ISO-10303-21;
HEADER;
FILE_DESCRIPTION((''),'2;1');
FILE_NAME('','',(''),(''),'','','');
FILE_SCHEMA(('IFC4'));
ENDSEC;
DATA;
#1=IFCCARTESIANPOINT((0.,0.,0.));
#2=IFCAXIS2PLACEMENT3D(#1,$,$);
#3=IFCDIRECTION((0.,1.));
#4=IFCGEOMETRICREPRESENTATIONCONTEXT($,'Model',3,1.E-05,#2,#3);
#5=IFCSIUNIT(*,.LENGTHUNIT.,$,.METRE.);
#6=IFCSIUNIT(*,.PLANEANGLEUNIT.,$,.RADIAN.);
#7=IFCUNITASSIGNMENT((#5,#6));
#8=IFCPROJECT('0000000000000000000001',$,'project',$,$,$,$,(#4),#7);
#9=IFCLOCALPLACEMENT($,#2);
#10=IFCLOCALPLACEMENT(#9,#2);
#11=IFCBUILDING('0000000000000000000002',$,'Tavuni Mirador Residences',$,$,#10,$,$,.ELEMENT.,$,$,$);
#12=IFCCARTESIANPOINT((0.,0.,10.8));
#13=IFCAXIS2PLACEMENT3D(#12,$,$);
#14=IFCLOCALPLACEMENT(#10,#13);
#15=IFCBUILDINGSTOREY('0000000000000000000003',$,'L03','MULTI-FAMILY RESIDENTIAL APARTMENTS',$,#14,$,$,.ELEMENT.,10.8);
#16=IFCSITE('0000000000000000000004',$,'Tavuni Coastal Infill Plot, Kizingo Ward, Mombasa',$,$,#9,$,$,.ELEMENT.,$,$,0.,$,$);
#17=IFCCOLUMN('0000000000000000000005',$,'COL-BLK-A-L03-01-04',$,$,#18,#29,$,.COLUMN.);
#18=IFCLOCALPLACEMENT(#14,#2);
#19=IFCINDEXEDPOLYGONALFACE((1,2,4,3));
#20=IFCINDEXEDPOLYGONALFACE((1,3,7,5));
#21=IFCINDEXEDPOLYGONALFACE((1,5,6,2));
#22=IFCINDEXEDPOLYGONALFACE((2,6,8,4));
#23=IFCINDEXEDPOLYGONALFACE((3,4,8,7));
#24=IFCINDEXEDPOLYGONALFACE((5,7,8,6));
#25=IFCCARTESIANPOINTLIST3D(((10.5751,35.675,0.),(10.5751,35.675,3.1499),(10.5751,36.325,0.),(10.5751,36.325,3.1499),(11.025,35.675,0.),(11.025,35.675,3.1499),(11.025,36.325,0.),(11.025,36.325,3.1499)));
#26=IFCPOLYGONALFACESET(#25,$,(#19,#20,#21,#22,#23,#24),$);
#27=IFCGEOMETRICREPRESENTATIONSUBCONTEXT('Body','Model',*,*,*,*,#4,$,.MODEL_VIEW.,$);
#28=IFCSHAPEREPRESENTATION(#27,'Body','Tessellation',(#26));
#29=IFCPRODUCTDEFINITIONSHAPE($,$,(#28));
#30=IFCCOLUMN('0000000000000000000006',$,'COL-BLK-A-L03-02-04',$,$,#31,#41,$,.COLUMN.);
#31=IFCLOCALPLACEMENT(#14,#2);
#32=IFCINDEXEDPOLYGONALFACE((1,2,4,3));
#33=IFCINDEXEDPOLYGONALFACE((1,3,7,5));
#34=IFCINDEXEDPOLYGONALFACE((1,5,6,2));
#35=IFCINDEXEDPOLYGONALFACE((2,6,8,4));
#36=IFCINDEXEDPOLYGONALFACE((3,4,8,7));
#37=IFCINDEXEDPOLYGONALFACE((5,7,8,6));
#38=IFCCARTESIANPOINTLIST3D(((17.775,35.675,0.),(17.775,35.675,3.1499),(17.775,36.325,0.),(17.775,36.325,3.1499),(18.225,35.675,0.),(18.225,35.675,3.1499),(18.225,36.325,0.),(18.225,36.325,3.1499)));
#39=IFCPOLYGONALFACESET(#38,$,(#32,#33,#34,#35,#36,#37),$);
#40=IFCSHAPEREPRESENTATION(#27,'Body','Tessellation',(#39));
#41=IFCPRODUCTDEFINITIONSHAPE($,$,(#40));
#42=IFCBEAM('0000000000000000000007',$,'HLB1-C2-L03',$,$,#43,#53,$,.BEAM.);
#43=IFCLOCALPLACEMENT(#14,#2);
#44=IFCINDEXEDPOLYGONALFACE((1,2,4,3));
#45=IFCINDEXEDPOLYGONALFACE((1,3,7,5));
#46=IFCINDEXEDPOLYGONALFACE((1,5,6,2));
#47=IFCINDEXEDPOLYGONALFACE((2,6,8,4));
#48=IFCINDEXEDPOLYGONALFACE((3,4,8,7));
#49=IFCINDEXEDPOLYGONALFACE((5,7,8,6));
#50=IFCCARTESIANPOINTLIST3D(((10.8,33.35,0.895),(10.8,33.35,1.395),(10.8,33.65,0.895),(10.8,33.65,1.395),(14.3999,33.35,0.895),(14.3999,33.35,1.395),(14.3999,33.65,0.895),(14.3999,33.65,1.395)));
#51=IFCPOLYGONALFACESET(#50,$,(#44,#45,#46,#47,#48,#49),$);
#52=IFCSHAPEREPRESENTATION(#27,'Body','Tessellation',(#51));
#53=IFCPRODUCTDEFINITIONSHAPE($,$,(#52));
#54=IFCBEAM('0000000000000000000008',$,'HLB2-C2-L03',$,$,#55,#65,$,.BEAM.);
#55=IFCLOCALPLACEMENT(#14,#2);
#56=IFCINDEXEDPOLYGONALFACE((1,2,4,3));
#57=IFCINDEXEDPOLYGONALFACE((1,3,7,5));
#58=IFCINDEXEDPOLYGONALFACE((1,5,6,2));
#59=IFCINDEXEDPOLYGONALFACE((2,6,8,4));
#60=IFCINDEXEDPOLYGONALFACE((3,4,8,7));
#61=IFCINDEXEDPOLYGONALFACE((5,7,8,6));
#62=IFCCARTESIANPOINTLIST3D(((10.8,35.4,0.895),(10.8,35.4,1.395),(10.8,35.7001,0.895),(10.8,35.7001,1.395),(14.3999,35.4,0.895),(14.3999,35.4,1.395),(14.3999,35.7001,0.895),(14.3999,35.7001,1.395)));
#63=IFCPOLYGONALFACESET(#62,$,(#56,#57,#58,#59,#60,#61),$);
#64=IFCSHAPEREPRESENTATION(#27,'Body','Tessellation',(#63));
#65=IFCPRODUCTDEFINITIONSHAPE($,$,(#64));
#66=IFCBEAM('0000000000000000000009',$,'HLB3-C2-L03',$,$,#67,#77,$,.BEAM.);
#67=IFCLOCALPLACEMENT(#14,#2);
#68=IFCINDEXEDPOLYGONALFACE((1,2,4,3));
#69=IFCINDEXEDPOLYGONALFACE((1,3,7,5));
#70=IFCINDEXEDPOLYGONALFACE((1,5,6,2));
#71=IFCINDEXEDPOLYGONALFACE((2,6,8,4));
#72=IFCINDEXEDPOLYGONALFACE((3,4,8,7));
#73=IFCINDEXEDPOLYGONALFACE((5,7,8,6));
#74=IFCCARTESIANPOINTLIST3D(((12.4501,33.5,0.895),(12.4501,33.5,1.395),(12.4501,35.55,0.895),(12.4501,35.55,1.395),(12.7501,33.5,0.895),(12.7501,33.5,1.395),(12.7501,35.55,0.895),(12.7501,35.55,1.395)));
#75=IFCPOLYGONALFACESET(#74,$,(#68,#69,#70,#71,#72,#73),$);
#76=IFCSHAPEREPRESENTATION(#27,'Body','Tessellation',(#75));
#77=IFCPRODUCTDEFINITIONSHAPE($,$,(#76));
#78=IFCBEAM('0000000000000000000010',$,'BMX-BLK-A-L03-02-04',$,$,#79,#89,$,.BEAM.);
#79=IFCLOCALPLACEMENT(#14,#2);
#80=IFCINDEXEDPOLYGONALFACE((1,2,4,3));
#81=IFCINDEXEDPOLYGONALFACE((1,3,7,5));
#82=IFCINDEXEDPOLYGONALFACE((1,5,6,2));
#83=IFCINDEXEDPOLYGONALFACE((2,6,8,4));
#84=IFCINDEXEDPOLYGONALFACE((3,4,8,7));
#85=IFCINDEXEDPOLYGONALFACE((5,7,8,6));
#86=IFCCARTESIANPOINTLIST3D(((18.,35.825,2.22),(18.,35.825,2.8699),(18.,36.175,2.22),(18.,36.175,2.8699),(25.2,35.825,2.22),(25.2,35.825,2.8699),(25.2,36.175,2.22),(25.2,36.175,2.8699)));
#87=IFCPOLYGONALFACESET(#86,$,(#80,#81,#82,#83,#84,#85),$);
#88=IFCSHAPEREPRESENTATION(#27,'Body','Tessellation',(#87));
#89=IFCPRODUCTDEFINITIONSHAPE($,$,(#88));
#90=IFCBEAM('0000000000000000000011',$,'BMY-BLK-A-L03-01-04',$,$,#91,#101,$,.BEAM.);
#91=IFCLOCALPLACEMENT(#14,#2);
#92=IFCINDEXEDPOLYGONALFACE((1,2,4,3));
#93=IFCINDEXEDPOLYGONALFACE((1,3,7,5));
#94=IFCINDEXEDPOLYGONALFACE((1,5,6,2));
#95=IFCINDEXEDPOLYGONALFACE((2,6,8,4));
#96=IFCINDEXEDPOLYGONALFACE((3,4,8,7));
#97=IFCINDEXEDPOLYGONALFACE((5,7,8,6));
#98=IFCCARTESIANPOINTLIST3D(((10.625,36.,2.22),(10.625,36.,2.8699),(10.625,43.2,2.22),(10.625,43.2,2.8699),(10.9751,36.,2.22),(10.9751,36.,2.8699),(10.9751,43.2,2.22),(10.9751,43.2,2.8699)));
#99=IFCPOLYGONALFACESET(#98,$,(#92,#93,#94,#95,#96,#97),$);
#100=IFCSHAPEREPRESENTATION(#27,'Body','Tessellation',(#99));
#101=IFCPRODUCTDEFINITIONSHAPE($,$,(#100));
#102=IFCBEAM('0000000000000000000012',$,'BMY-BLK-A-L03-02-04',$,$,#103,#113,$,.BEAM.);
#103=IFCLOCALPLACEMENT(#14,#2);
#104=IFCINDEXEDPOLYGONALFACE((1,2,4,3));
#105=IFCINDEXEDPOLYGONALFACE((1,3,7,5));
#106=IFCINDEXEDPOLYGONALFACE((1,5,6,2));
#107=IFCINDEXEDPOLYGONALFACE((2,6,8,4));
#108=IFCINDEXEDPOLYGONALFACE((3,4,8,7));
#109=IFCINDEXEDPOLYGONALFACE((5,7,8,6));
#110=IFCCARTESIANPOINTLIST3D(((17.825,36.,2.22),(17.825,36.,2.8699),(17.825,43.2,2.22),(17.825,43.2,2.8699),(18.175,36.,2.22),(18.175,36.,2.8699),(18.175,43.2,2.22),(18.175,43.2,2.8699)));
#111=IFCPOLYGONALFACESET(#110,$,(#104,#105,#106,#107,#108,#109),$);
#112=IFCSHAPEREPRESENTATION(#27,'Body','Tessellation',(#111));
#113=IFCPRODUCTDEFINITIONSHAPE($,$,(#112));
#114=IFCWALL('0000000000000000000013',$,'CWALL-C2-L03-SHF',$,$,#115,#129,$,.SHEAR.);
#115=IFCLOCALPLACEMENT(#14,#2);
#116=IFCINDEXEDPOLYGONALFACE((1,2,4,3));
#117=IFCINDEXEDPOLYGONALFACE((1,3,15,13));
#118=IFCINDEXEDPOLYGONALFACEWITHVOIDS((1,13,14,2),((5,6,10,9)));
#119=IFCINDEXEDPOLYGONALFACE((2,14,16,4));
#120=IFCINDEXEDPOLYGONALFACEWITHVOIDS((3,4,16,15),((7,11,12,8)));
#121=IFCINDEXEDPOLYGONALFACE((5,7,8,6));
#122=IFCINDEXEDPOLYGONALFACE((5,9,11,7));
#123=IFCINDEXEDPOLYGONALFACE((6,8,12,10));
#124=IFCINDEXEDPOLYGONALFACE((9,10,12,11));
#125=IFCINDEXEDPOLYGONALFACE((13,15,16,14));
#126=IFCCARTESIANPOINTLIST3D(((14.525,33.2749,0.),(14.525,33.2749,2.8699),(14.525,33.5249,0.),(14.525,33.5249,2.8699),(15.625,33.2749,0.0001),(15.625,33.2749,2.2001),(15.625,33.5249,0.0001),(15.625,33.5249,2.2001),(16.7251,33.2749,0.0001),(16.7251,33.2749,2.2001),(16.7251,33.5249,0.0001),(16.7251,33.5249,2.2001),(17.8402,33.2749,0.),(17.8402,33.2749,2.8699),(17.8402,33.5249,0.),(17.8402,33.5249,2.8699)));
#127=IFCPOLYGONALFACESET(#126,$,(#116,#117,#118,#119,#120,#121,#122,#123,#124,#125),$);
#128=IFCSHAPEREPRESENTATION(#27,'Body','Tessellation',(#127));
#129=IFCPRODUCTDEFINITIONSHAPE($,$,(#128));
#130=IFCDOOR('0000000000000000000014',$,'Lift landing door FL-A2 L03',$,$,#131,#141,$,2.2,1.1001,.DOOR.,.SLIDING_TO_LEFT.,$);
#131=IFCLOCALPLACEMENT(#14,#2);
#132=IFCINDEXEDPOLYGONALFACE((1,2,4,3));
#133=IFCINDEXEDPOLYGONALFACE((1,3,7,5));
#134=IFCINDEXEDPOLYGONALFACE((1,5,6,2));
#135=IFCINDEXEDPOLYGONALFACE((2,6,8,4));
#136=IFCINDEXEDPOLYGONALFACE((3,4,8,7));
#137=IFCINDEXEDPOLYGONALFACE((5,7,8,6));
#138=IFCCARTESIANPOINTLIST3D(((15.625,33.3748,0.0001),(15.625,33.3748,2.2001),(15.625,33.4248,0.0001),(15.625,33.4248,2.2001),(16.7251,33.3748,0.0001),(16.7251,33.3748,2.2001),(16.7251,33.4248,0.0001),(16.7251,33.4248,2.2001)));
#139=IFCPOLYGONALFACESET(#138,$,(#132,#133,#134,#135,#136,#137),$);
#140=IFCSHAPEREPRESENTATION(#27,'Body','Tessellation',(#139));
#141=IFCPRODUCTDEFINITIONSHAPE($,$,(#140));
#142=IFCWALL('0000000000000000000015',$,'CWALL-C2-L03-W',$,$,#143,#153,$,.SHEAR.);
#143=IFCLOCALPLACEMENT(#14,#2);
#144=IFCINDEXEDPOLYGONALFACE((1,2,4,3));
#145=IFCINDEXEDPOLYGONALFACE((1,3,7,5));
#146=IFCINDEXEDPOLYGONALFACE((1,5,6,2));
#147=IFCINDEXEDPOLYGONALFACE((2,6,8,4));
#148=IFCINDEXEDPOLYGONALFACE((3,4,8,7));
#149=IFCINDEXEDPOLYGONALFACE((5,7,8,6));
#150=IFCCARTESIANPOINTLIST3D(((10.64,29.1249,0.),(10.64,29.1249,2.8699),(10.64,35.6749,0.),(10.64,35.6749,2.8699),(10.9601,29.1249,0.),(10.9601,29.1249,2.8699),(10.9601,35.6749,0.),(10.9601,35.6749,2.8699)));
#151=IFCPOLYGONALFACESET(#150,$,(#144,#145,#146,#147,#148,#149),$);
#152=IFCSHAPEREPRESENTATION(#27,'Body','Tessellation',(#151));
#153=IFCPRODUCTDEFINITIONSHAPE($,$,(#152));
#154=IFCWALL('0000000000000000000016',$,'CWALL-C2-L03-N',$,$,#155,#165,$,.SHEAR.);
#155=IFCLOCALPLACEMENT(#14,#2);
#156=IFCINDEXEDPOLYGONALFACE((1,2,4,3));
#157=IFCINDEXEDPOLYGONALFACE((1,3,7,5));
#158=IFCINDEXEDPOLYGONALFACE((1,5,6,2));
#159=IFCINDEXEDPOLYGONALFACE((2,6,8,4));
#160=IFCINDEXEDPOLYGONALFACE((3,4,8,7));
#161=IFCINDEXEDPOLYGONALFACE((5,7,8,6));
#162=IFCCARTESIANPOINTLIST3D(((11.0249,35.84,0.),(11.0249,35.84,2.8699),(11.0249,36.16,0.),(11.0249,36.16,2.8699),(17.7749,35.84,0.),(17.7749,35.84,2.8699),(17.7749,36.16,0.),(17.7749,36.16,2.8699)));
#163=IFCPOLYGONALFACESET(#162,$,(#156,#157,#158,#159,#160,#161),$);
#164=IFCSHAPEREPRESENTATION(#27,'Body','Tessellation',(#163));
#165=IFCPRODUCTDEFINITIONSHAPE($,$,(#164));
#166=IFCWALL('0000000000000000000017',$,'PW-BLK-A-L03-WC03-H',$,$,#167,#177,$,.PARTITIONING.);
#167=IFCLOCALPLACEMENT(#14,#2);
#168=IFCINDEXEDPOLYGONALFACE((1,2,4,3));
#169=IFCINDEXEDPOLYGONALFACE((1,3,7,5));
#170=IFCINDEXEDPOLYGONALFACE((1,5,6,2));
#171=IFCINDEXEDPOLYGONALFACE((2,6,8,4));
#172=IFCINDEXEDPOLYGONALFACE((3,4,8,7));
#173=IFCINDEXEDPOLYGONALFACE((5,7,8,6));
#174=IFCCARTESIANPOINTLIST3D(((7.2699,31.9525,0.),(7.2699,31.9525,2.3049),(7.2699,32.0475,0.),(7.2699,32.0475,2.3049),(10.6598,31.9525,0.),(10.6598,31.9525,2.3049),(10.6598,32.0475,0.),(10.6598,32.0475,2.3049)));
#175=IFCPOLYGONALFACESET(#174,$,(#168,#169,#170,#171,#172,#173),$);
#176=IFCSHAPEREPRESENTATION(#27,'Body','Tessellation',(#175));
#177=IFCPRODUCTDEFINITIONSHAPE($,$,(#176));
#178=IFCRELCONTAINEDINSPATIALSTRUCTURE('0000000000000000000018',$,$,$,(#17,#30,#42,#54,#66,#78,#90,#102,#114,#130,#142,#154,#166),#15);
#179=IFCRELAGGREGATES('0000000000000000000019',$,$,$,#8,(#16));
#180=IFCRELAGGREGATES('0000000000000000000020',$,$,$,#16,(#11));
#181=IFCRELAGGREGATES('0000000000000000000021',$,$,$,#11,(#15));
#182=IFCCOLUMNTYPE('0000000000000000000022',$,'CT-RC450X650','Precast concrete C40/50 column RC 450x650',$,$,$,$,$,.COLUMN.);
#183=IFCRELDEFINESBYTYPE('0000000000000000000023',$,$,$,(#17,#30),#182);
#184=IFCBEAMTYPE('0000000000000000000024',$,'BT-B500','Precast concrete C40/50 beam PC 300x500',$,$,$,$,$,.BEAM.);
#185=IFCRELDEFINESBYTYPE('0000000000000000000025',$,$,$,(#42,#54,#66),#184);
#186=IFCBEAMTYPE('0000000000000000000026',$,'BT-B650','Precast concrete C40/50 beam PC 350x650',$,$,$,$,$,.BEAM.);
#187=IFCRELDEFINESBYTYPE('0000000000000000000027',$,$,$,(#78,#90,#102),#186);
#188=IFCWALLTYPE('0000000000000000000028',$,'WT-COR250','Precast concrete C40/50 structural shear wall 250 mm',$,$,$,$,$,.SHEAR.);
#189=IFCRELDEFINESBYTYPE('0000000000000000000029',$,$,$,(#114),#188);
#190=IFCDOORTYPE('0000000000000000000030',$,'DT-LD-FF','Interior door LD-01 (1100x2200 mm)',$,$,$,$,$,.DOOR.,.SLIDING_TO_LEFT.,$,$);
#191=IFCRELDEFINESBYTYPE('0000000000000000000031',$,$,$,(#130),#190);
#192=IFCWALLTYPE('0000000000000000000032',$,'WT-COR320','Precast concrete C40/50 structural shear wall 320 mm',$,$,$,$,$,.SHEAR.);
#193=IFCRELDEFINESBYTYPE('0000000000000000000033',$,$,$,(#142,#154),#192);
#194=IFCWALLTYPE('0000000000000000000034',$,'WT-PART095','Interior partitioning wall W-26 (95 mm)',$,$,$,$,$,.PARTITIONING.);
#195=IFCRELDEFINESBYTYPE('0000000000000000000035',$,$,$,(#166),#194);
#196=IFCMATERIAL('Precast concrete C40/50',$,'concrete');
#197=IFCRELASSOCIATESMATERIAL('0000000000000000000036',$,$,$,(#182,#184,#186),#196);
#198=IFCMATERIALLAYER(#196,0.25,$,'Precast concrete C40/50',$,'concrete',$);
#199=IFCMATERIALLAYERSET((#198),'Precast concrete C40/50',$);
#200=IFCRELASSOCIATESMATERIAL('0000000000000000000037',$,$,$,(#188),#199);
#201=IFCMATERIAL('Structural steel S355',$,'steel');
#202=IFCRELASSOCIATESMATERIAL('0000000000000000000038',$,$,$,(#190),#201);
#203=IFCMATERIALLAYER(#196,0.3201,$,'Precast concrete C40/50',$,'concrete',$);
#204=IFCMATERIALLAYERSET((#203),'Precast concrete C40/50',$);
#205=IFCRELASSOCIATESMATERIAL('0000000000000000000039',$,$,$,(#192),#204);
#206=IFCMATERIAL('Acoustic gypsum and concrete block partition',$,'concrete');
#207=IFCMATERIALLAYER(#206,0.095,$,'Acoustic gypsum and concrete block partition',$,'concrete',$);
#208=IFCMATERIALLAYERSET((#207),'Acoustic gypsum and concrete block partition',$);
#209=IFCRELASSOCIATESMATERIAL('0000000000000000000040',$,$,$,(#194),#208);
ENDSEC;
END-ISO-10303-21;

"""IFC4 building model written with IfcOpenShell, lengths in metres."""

from ifc_helpers import new_model, si_unit, direction, frame, frame_2d, origin, origin_2d, place, context, subcontext, project, spatial, rectangle, extrude, material, layer, layer_set, material_profile, profile_set, type_object, element, fill, save


model = new_model("IFC4")

# Units and contexts
model_context = context("Model", 3, precision=1e-05, world=origin(), true_north=direction((0.0, 1.0)))
body_context = subcontext(model_context, "Body", "Model", "MODEL_VIEW")
ifc_project = project(units=[si_unit("LENGTHUNIT", "METRE"), si_unit("PLANEANGLEUNIT", "RADIAN")], contexts=[model_context])

# Site, building, storey
site_placement = place(None, origin())
site = spatial("IfcSite", under=ifc_project, at=site_placement, Name="Tavuni Coastal Infill Plot, Kizingo Ward, Mombasa", CompositionType="ELEMENT", RefElevation=0.0)
building_placement = place(site_placement, origin())
building = spatial("IfcBuilding", under=site, at=building_placement, Name="Tavuni Mirador Residences", CompositionType="ELEMENT")
storey_placement = place(building_placement, frame((0.0, 0.0, 10.8)))
storey = spatial("IfcBuildingStorey", under=building, at=storey_placement, Name="L03", Description="MULTI-FAMILY RESIDENTIAL APARTMENTS", CompositionType="ELEMENT", Elevation=10.8)

# Columns
ifc_material_1 = material(Name="Precast concrete C40/50", Category="concrete")
ifc_material_profile_1 = material_profile(ifc_material_1, rectangle(XDim=0.45, YDim=0.6499, at=origin_2d()), Name="RC 450x650", Category="concrete")
ifc_profile_set_1 = profile_set([ifc_material_profile_1], Name="Precast concrete C40/50")
column_type = type_object("IfcColumnType", Name="CT-RC450X650", Description="Precast concrete C40/50 column RC 450x650", PredefinedType="COLUMN", material=ifc_profile_set_1)
for number, where, z_axis, x_axis, name in (
    (1, (10.8, 36.0, 0.0), (0.0, 0.0, 1.0), (1.0, 0.0, 0.0), "COL-BLK-A-L03-01-04"),
    (2, (18.0, 36.0, 0.0), (0.0, 0.0, 1.0), (1.0, 0.0, 0.0), "COL-BLK-A-L03-02-04"),
):
    element("IfcColumn", number, at=place(storey_placement, frame(where, z_axis=z_axis, x_axis=x_axis)), inside=storey, type_object=column_type, Name=name, PredefinedType="COLUMN", context=body_context, shape_type="SweptSolid", body=[
        extrude(rectangle(XDim=0.45, YDim=0.6499, at=origin_2d()), origin(), (0.0, 0.0, 1.0), 3.1499),
    ])

# Beams
ifc_material_profile_2 = material_profile(ifc_material_1, rectangle(XDim=0.3, YDim=0.5, at=origin_2d()), Name="PC 300x500", Category="concrete")
ifc_profile_set_2 = profile_set([ifc_material_profile_2], Name="Precast concrete C40/50")
beam_type_1 = type_object("IfcBeamType", Name="BT-B500", Description="Precast concrete C40/50 beam PC 300x500", PredefinedType="BEAM", material=ifc_profile_set_2)
for number, where, z_axis, x_axis, name in (
    (3, (10.8, 33.5, 1.145), (1.0, 0.0, 0.0), (0.0, 1.0, 0.0), "HLB1-C2-L03"),
    (4, (10.8, 35.55, 1.145), (1.0, 0.0, 0.0), (0.0, 1.0, 0.0), "HLB2-C2-L03"),
):
    element("IfcBeam", number, at=place(storey_placement, frame(where, z_axis=z_axis, x_axis=x_axis)), inside=storey, type_object=beam_type_1, Name=name, PredefinedType="BEAM", context=body_context, shape_type="SweptSolid", body=[
        extrude(rectangle(XDim=0.3, YDim=0.5, at=origin_2d()), origin(), (0.0, 0.0, 1.0), 3.5999),
    ])
beam_placement = place(storey_placement, frame((12.6001, 33.5, 1.145), z_axis=(0.0, 1.0, 0.0), x_axis=(-1.0, 0.0, 0.0)))
element("IfcBeam", 5, at=beam_placement, inside=storey, type_object=beam_type_1, Name="HLB3-C2-L03", PredefinedType="BEAM", context=body_context, shape_type="SweptSolid", body=[
    extrude(rectangle(XDim=0.3, YDim=0.5, at=origin_2d()), origin(), (0.0, 0.0, 1.0), 2.05),
])
ifc_material_profile_3 = material_profile(ifc_material_1, rectangle(XDim=0.3501, YDim=0.6499, at=origin_2d()), Name="PC 350x650", Category="concrete")
ifc_profile_set_3 = profile_set([ifc_material_profile_3], Name="Precast concrete C40/50")
beam_type_2 = type_object("IfcBeamType", Name="BT-B650", Description="Precast concrete C40/50 beam PC 350x650", PredefinedType="BEAM", material=ifc_profile_set_3)
for number, where, z_axis, x_axis, name in (
    (6, (18.0, 36.0, 2.5449), (1.0, 0.0, 0.0), (0.0, 1.0, 0.0), "BMX-BLK-A-L03-02-04"),
    (7, (10.8, 36.0, 2.5449), (0.0, 1.0, 0.0), (-1.0, 0.0, 0.0), "BMY-BLK-A-L03-01-04"),
    (8, (18.0, 36.0, 2.5449), (0.0, 1.0, 0.0), (-1.0, 0.0, 0.0), "BMY-BLK-A-L03-02-04"),
):
    element("IfcBeam", number, at=place(storey_placement, frame(where, z_axis=z_axis, x_axis=x_axis)), inside=storey, type_object=beam_type_2, Name=name, PredefinedType="BEAM", context=body_context, shape_type="SweptSolid", body=[
        extrude(rectangle(XDim=0.3501, YDim=0.6499, at=origin_2d()), origin(), (0.0, 0.0, 1.0), 7.2),
    ])

# Wall, opening, door
ifc_layer_1 = layer(ifc_material_1, 0.25, Name="Precast concrete C40/50", Category="concrete")
ifc_layer_set_1 = layer_set([ifc_layer_1], Name="Precast concrete C40/50")
wall_type_1 = type_object("IfcWallType", Name="WT-COR250", Description="Precast concrete C40/50 structural shear wall 250 mm", PredefinedType="SHEAR", material=ifc_layer_set_1)
wall_1_placement = place(storey_placement, frame((14.5249, 33.3999, 0.0), z_axis=(0.0, 0.0, 1.0), x_axis=(1.0, 0.0, 0.0)))
wall_1 = element("IfcWall", 9, at=wall_1_placement, inside=storey, type_object=wall_type_1, Name="CWALL-C2-L03-SHF", PredefinedType="SHEAR", context=body_context, shape_type="SweptSolid", body=[
    extrude(rectangle(XDim=3.3152, YDim=0.25, at=frame_2d((1.6577, 0.0))), origin(), (0.0, 0.0, 1.0), 2.8699),
])
opening_1_placement = place(wall_1_placement, frame((1.1001, 0.0, 0.0)))
opening_1 = element("IfcOpeningElement", 10, at=opening_1_placement, cuts=wall_1, PredefinedType="OPENING", context=body_context, shape_type="SweptSolid", body=[
    extrude(rectangle(XDim=1.1001, YDim=2.2, at=frame_2d((0.55, 1.1001))), frame((0.0, 0.135, 0.0), z_axis=(0.0, -1.0, 0.0), x_axis=(1.0, 0.0, 0.0)), (0.0, 0.0, 1.0), 0.27),
])
ifc_material_2 = material(Name="Structural steel S355", Category="steel")
door_type_1 = type_object("IfcDoorType", Name="DT-LD-FF", Description="Interior door LD-01 (1100x2200 mm)", OperationType="SLIDING_TO_LEFT", PredefinedType="DOOR", material=ifc_material_2)
door_1_placement = place(opening_1_placement, origin())
door_1 = element("IfcDoor", 11, at=door_1_placement, inside=storey, type_object=door_type_1, Name="Lift landing door FL-A2 L03", OperationType="SLIDING_TO_LEFT", OverallHeight=2.2, OverallWidth=1.1001, PredefinedType="DOOR", context=body_context, shape_type="SweptSolid", body=[
    extrude(rectangle(XDim=1.1001, YDim=2.2, at=frame_2d((0.55, 1.1001))), frame((0.0, 0.0249, 0.0), z_axis=(0.0, -1.0, 0.0), x_axis=(1.0, 0.0, 0.0)), (0.0, 0.0, 1.0), 0.05),
])
fill(opening_1, door_1)

# Walls
ifc_layer_2 = layer(ifc_material_1, 0.3201, Name="Precast concrete C40/50", Category="concrete")
ifc_layer_set_2 = layer_set([ifc_layer_2], Name="Precast concrete C40/50")
wall_type_2 = type_object("IfcWallType", Name="WT-COR320", Description="Precast concrete C40/50 structural shear wall 320 mm", PredefinedType="SHEAR", material=ifc_layer_set_2)
wall_2_placement = place(storey_placement, frame((10.8, 29.125, 0.0), z_axis=(0.0, 0.0, 1.0), x_axis=(0.0, 1.0, 0.0)))
element("IfcWall", 12, at=wall_2_placement, inside=storey, type_object=wall_type_2, Name="CWALL-C2-L03-W", PredefinedType="SHEAR", context=body_context, shape_type="SweptSolid", body=[
    extrude(rectangle(XDim=6.55, YDim=0.3201, at=frame_2d((3.2749, 0.0))), origin(), (0.0, 0.0, 1.0), 2.8699),
])
wall_3_placement = place(storey_placement, frame((11.0249, 36.0, 0.0), z_axis=(0.0, 0.0, 1.0), x_axis=(1.0, 0.0, 0.0)))
element("IfcWall", 13, at=wall_3_placement, inside=storey, type_object=wall_type_2, Name="CWALL-C2-L03-N", PredefinedType="SHEAR", context=body_context, shape_type="SweptSolid", body=[
    extrude(rectangle(XDim=6.75, YDim=0.3201, at=frame_2d((3.375, 0.0))), origin(), (0.0, 0.0, 1.0), 2.8699),
])

# Wall
ifc_material_3 = material(Name="Acoustic gypsum and concrete block partition", Category="concrete")
ifc_layer_3 = layer(ifc_material_3, 0.095, Name="Acoustic gypsum and concrete block partition", Category="concrete")
ifc_layer_set_3 = layer_set([ifc_layer_3], Name="Acoustic gypsum and concrete block partition")
wall_type_3 = type_object("IfcWallType", Name="WT-PART095", Description="Interior partitioning wall W-26 (95 mm)", PredefinedType="PARTITIONING", material=ifc_layer_set_3)
wall_4_placement = place(storey_placement, frame((7.27, 32.0, 0.0), z_axis=(0.0, 0.0, 1.0), x_axis=(1.0, 0.0, 0.0)))
element("IfcWall", 14, at=wall_4_placement, inside=storey, type_object=wall_type_3, Name="PW-BLK-A-L03-WC03-H", PredefinedType="PARTITIONING", context=body_context, shape_type="SweptSolid", body=[
    extrude(rectangle(XDim=3.3899, YDim=0.095, at=frame_2d((1.6948, 0.0))), origin(), (0.0, 0.0, 1.0), 2.3049),
])

save(model, "model.ifc")
